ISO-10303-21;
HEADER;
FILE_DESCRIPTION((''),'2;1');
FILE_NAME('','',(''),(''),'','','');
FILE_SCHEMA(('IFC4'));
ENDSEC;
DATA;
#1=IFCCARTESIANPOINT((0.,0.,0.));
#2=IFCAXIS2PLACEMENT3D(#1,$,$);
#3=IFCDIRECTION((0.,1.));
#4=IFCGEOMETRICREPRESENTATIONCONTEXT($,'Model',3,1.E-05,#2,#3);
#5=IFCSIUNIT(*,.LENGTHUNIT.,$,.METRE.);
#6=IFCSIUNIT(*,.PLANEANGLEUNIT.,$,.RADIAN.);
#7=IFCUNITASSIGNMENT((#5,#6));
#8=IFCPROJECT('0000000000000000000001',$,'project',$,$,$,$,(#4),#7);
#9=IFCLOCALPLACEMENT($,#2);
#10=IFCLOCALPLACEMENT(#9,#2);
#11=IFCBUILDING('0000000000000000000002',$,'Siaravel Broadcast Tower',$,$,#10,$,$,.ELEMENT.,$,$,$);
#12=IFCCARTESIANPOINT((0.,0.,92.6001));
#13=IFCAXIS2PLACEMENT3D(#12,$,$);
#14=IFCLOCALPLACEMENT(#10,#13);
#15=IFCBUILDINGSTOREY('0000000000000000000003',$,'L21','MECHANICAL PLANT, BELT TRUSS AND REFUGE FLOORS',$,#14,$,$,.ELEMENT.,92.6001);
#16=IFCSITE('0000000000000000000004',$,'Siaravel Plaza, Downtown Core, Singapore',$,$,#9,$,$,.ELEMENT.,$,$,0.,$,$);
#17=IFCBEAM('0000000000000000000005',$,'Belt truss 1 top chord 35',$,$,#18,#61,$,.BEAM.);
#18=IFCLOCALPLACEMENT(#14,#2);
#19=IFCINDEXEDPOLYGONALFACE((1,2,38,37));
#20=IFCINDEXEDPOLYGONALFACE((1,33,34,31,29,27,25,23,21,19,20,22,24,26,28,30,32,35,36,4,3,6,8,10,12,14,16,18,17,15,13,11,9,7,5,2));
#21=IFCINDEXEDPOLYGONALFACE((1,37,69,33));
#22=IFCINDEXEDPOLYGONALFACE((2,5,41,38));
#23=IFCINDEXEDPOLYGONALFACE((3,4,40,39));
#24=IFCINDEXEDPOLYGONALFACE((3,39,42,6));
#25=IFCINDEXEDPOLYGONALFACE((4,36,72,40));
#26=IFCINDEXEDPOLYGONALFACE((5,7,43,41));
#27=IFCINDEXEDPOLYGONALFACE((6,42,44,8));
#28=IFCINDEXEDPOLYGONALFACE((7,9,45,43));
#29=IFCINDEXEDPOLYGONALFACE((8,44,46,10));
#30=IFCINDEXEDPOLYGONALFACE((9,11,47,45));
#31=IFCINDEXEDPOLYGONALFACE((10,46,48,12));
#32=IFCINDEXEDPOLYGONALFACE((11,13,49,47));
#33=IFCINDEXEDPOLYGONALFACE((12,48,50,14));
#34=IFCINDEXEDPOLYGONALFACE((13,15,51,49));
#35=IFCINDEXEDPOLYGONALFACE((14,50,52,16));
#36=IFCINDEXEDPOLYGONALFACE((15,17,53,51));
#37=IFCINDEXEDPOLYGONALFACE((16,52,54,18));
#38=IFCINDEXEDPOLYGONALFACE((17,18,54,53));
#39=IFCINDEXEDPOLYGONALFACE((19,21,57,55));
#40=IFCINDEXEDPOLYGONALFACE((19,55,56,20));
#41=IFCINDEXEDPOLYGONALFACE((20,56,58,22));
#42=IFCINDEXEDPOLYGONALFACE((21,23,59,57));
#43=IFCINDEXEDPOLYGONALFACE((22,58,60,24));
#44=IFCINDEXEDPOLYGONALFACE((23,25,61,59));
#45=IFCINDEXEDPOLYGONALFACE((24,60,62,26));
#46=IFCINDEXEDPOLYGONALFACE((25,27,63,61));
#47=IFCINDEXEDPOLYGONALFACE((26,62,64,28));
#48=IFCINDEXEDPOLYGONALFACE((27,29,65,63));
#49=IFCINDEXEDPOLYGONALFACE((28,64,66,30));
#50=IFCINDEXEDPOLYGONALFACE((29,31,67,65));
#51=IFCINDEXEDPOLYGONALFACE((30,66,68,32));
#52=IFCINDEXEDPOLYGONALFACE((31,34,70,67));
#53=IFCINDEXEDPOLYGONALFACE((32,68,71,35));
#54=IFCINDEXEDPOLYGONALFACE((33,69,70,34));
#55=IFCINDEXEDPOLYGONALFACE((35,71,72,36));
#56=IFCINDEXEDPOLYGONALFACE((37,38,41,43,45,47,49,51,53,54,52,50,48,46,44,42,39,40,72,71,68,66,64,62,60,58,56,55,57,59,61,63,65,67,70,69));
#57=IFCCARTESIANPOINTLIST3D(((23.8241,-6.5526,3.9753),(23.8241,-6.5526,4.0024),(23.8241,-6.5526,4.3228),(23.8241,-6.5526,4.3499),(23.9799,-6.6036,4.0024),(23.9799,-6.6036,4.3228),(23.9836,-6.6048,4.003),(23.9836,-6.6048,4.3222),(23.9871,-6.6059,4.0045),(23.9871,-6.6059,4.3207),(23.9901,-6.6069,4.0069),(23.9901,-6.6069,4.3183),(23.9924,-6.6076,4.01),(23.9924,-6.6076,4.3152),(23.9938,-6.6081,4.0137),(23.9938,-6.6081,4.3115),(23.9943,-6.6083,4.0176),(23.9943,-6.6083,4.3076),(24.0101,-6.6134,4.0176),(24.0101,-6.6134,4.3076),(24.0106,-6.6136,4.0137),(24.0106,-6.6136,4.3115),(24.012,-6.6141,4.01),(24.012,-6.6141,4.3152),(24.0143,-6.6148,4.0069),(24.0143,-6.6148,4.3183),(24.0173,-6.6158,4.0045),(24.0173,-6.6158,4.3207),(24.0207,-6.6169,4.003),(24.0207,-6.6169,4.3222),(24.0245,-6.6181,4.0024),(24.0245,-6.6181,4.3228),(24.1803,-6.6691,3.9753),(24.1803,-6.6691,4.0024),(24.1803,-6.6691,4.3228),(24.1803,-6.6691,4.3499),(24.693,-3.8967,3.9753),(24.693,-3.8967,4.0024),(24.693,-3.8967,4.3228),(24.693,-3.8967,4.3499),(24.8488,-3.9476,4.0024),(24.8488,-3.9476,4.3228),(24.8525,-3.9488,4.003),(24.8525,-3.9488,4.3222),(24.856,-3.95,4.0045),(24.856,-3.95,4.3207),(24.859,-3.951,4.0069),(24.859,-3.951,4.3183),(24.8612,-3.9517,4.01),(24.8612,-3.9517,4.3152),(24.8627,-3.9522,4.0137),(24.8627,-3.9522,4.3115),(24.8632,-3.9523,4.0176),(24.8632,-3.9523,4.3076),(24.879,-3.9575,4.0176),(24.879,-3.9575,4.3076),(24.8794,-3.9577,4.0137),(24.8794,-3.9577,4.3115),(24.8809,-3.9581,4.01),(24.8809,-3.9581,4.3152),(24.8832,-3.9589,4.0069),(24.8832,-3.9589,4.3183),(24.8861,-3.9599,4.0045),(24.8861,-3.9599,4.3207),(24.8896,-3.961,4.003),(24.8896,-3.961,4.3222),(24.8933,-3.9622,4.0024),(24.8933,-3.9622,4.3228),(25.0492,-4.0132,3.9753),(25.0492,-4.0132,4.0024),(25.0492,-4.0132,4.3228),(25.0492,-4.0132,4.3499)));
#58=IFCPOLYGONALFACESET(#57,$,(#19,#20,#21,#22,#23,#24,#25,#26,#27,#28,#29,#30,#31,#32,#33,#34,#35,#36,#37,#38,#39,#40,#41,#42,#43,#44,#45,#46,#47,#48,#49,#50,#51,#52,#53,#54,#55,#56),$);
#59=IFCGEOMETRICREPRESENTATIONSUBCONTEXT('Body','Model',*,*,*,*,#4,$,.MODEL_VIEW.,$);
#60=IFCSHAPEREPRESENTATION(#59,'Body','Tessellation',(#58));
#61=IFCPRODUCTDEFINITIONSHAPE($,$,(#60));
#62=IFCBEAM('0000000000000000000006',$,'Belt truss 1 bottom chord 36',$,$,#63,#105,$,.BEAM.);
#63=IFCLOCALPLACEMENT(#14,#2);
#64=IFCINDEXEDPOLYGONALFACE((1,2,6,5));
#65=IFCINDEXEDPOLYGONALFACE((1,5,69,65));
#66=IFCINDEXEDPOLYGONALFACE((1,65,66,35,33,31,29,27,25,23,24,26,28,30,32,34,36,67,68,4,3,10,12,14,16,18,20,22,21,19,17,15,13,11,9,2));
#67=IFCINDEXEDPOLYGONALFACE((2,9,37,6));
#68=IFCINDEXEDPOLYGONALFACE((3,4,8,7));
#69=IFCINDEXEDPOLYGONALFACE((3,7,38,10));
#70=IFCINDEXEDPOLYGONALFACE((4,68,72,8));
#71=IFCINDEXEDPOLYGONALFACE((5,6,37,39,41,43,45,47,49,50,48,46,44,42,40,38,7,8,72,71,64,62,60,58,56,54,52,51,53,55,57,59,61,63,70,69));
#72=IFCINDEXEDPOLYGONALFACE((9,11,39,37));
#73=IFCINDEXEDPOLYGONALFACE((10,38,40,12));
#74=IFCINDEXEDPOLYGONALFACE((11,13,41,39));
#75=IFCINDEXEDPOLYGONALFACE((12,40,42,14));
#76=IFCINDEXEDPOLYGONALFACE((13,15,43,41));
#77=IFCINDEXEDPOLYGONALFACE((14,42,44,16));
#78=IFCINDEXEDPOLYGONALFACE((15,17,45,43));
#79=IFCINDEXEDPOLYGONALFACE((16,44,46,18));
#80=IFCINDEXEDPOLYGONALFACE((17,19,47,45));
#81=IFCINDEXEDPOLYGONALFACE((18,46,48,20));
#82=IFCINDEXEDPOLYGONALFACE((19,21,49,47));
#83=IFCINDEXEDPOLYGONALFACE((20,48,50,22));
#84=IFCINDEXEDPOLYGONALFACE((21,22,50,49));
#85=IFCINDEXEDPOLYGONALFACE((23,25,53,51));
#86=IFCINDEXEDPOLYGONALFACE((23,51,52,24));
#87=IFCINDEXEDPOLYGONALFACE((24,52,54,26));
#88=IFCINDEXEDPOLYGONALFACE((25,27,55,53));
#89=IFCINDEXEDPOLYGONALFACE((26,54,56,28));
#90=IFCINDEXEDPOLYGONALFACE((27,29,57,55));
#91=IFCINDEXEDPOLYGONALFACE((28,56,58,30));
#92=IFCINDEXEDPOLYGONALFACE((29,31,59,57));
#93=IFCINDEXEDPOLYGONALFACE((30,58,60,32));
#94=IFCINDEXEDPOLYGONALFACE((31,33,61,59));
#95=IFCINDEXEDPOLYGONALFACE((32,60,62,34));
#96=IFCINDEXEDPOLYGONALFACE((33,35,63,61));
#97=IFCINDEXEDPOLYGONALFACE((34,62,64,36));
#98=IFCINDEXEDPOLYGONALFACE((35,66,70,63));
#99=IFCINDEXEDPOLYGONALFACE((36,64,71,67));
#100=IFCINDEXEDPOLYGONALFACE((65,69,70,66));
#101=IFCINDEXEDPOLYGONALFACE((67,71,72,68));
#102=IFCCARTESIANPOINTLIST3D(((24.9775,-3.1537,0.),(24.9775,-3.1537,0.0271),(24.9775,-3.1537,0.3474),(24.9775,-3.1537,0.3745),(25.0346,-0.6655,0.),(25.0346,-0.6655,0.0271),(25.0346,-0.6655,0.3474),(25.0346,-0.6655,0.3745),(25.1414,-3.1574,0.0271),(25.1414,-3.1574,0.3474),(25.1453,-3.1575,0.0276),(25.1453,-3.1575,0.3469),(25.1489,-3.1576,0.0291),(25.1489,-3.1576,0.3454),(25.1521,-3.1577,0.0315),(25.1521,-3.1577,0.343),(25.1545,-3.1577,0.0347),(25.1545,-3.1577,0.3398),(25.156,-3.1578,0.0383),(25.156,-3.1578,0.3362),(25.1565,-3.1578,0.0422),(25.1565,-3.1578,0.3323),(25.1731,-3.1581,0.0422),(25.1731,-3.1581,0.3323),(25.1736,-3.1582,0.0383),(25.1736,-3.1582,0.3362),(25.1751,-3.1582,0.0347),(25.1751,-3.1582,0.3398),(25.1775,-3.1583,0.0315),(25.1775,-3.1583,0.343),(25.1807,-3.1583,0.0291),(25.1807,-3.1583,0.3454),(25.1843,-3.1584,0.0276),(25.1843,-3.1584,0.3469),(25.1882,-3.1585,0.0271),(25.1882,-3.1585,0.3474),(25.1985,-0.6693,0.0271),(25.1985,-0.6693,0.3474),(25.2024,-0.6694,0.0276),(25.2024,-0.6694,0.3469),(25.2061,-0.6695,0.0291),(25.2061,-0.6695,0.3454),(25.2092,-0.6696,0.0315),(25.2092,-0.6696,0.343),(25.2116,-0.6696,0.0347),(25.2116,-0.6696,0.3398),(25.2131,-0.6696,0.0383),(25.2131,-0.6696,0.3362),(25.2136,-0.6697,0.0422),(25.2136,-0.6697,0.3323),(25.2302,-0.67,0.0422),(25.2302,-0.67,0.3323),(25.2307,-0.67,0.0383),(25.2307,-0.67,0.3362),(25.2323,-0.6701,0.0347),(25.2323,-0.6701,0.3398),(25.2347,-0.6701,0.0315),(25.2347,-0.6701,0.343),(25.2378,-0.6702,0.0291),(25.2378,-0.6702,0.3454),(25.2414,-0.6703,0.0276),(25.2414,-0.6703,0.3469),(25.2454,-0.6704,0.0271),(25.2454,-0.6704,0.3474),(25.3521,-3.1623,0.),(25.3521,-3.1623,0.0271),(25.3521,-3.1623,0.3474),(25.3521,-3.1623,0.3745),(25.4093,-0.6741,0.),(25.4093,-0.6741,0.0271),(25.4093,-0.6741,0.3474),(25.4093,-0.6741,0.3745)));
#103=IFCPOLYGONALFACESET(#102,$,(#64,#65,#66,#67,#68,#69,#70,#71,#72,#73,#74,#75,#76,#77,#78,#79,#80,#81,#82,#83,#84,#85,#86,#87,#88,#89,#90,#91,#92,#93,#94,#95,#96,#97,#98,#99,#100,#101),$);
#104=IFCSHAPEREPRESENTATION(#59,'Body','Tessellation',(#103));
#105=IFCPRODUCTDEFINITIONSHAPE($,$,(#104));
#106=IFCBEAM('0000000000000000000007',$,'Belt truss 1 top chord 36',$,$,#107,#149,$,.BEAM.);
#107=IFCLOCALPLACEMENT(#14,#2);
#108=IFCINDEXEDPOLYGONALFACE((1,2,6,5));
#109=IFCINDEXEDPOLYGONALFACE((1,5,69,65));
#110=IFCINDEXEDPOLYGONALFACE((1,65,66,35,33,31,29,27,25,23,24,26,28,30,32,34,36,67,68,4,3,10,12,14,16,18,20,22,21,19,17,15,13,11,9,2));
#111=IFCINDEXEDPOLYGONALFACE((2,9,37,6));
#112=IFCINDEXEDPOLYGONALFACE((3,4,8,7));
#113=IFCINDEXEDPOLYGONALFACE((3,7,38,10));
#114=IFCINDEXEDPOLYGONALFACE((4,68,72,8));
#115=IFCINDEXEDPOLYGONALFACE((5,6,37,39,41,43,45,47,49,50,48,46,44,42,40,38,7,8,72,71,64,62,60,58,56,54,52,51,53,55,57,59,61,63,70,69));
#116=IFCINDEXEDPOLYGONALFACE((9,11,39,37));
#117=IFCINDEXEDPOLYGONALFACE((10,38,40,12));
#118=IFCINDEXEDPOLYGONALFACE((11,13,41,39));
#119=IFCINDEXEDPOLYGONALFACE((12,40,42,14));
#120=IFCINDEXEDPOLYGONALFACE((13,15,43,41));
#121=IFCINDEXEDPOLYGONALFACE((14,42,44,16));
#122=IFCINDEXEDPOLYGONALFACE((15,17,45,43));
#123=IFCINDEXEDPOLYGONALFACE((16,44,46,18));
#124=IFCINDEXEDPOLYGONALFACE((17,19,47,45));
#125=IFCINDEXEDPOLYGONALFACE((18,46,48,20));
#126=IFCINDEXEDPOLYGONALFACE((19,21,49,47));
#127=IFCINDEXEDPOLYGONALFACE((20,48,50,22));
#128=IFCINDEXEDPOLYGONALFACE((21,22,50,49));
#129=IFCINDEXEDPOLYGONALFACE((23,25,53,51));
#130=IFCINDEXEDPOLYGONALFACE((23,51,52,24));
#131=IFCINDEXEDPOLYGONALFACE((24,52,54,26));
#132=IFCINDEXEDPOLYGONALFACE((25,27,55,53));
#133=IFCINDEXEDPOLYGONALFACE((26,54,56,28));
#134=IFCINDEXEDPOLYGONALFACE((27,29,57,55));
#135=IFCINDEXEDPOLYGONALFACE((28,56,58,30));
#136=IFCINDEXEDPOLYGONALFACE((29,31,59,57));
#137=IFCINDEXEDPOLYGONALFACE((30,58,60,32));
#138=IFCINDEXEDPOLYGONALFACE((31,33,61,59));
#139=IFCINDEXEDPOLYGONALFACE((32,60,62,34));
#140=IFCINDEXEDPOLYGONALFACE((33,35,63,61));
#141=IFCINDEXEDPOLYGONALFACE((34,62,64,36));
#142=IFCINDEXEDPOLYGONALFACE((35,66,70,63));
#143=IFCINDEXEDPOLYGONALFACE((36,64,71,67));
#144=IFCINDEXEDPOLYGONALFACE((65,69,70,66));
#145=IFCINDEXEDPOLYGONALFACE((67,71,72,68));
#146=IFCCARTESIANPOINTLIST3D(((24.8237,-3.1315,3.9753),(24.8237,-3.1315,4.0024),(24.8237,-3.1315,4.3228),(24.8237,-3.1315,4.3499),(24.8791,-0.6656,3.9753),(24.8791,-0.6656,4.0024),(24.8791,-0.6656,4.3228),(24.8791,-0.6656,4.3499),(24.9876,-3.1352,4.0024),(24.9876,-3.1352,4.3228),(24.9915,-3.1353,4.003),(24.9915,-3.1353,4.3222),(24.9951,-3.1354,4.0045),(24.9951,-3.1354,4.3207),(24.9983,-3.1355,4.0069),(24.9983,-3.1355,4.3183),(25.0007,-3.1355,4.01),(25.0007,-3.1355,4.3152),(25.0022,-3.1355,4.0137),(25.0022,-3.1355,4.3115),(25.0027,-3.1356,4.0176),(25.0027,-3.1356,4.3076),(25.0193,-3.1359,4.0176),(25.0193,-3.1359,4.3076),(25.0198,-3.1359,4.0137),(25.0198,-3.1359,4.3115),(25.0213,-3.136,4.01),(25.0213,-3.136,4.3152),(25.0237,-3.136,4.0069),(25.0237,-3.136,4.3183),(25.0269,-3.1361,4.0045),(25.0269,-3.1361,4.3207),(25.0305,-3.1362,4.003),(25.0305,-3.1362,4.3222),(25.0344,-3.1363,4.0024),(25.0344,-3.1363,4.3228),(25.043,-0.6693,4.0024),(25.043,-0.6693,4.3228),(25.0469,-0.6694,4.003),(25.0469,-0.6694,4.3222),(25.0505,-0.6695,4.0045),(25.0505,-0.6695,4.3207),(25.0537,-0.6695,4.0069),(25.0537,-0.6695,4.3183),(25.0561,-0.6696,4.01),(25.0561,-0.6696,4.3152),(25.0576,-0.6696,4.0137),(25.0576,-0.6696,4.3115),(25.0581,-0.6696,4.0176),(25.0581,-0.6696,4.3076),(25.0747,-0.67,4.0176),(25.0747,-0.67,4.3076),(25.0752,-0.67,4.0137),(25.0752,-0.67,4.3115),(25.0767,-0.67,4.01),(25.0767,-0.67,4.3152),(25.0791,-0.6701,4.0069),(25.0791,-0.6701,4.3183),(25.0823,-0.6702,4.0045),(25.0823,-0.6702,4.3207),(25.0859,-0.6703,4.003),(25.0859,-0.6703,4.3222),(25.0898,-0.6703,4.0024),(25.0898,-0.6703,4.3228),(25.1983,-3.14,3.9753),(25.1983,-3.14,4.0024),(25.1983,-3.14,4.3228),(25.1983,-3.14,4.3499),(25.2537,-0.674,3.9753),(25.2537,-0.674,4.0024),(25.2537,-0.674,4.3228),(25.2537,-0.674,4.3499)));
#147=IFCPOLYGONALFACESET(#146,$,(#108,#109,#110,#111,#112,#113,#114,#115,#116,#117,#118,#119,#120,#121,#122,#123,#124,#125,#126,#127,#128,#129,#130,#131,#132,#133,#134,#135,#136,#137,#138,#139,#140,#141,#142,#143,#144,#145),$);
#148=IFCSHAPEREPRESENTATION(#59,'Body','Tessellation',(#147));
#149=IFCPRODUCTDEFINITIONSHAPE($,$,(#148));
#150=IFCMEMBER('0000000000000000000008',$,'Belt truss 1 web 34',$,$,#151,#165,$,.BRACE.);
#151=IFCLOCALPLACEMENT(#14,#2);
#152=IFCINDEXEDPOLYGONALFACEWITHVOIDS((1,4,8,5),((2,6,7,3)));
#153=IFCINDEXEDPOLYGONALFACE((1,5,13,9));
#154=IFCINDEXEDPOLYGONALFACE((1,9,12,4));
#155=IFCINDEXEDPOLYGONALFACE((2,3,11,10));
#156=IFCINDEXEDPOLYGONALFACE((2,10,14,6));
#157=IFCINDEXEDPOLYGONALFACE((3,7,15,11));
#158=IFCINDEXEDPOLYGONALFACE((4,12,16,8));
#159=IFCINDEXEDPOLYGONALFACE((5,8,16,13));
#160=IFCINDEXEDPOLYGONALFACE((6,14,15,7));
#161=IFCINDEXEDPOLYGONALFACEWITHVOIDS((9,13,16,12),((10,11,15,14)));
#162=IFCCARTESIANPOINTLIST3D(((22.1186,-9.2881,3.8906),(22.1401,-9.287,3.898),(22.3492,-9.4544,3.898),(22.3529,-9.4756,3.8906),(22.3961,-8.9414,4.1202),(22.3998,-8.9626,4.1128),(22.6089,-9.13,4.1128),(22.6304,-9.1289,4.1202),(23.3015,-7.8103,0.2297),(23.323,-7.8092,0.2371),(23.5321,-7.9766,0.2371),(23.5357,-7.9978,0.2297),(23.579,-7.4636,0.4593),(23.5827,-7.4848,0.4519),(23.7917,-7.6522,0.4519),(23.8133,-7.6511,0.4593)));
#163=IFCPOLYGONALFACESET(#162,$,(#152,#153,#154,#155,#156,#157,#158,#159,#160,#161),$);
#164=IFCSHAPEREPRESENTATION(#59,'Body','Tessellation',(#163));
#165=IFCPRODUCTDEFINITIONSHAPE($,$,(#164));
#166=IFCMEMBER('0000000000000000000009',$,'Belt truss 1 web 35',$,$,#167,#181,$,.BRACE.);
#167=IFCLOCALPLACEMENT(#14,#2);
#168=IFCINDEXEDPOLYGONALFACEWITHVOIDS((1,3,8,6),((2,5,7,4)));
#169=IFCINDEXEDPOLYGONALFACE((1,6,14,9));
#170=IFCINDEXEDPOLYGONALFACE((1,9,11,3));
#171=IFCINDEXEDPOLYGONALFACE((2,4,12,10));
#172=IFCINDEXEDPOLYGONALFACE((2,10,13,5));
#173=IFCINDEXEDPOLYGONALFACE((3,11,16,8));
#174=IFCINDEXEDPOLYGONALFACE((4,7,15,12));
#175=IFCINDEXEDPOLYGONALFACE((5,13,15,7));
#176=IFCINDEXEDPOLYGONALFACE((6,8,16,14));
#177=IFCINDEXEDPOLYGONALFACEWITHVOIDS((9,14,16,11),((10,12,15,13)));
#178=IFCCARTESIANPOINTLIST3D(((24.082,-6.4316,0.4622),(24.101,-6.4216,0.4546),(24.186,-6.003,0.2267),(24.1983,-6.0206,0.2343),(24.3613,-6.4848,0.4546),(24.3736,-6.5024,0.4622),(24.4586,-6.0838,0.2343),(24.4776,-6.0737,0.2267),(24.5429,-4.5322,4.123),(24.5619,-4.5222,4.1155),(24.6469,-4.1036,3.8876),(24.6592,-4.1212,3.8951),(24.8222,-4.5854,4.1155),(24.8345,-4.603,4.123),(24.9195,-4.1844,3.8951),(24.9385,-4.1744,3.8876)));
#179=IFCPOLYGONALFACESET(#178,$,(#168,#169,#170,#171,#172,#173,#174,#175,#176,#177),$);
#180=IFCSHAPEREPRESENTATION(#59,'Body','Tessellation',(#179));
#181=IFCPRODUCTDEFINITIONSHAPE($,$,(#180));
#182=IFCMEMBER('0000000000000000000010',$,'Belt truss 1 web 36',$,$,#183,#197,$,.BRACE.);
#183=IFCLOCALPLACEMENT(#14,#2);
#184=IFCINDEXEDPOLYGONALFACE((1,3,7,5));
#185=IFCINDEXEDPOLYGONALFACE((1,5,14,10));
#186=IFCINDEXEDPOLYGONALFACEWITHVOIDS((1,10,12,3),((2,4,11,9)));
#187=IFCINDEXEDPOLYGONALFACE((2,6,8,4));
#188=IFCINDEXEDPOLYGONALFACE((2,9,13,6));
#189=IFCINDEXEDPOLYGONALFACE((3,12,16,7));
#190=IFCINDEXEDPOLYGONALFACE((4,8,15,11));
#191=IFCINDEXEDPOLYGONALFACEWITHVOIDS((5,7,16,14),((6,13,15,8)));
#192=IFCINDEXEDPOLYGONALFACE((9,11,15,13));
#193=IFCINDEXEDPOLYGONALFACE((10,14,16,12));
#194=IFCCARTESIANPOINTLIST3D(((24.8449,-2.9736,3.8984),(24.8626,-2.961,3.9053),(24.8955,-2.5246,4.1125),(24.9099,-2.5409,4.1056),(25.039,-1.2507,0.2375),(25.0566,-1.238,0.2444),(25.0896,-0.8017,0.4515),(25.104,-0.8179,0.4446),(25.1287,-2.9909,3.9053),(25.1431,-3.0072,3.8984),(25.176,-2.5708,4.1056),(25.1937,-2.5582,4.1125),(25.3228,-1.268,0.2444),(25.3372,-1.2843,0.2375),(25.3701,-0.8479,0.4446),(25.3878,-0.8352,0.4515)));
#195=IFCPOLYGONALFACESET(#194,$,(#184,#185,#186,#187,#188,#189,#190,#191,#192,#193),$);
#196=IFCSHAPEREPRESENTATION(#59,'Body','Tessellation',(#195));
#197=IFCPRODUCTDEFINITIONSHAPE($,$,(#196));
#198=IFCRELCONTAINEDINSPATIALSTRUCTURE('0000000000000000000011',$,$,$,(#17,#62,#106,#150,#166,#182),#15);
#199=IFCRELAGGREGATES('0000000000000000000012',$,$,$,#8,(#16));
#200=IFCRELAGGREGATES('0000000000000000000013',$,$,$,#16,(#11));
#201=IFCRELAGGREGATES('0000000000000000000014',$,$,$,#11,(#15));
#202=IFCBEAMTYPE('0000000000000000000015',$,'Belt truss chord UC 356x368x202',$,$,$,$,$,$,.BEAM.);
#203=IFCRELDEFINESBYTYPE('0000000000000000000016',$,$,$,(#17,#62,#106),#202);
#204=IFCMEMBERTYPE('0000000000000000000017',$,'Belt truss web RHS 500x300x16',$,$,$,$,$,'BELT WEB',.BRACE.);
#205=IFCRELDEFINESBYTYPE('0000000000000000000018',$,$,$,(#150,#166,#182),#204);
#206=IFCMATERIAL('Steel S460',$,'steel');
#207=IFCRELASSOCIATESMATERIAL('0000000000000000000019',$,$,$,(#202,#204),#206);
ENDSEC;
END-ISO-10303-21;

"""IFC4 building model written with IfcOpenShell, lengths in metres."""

from ifc_helpers import new_model, si_unit, direction, frame, origin, origin_2d, place, context, subcontext, project, spatial, hollow_rectangle, i_section, extrude, material, material_profile, profile_set, type_object, element, save


model = new_model("IFC4")

# Units and contexts
model_context = context("Model", 3, precision=1e-05, world=origin(), true_north=direction((0.0, 1.0)))
body_context = subcontext(model_context, "Body", "Model", "MODEL_VIEW")
ifc_project = project(units=[si_unit("LENGTHUNIT", "METRE"), si_unit("PLANEANGLEUNIT", "RADIAN")], contexts=[model_context])

# Site, building, storey
site_placement = place(None, origin())
site = spatial("IfcSite", under=ifc_project, at=site_placement, Name="Siaravel Plaza, Downtown Core, Singapore", CompositionType="ELEMENT", RefElevation=0.0)
building_placement = place(site_placement, origin())
building = spatial("IfcBuilding", under=site, at=building_placement, Name="Siaravel Broadcast Tower", CompositionType="ELEMENT")
storey_placement = place(building_placement, frame((0.0, 0.0, 92.6001)))
storey = spatial("IfcBuildingStorey", under=building, at=storey_placement, Name="L21", Description="MECHANICAL PLANT, BELT TRUSS AND REFUGE FLOORS", CompositionType="ELEMENT", Elevation=92.6001)

# Beams
ifc_material_1 = material(Name="Steel S460", Category="steel")
ifc_material_profile_1 = material_profile(ifc_material_1, i_section(OverallWidth=0.3748, OverallDepth=0.3745, WebThickness=0.0166, FlangeThickness=0.0271, FilletRadius=0.0151, at=origin_2d()))
ifc_profile_set_1 = profile_set([ifc_material_profile_1], Name="Steel S460")
beam_type_1 = type_object("IfcBeamType", Name="Belt truss chord UC 356x368x202", PredefinedType="BEAM", material=ifc_profile_set_1)
beam_1_placement = place(storey_placement, frame((24.0022, -6.6108, 4.1626), z_axis=(0.310929, 0.950433, 0.0), x_axis=(-0.950433, 0.310929, 0.0)))
element("IfcBeam", 1, at=beam_1_placement, inside=storey, type_object=beam_type_1, Name="Belt truss 1 top chord 35", PredefinedType="BEAM", context=body_context, shape_type="SweptSolid", body=[
    extrude(i_section(OverallWidth=0.3748, OverallDepth=0.3745, WebThickness=0.0166, FlangeThickness=0.0271, FilletRadius=0.0151, at=origin_2d()), origin(), (0.0, 0.0, 1.0), 2.7944),
])
beam_2_placement = place(storey_placement, frame((25.1648, -3.158, 0.1873), z_axis=(0.022955, 0.999736, 0.0), x_axis=(-0.999736, 0.022955, 0.0)))
element("IfcBeam", 2, at=beam_2_placement, inside=storey, type_object=beam_type_1, Name="Belt truss 1 bottom chord 36", PredefinedType="BEAM", context=body_context, shape_type="SweptSolid", body=[
    extrude(i_section(OverallWidth=0.3748, OverallDepth=0.3745, WebThickness=0.0166, FlangeThickness=0.0271, FilletRadius=0.0151, at=origin_2d()), origin(), (0.0, 0.0, 1.0), 2.4888),
])
beam_3_placement = place(storey_placement, frame((25.011, -3.1357, 4.1626), z_axis=(0.02247, 0.999748, 0.0), x_axis=(-0.999748, 0.02247, 0.0)))
element("IfcBeam", 3, at=beam_3_placement, inside=storey, type_object=beam_type_1, Name="Belt truss 1 top chord 36", PredefinedType="BEAM", context=body_context, shape_type="SweptSolid", body=[
    extrude(i_section(OverallWidth=0.3748, OverallDepth=0.3745, WebThickness=0.0166, FlangeThickness=0.0271, FilletRadius=0.0151, at=origin_2d()), origin(), (0.0, 0.0, 1.0), 2.4666),
])

# Members
ifc_material_profile_2 = material_profile(ifc_material_1, hollow_rectangle(XDim=0.3, YDim=0.5, WallThickness=0.0161, at=origin_2d()))
ifc_profile_set_2 = profile_set([ifc_material_profile_2], Name="Steel S460")
member_type_1 = type_object("IfcMemberType", Name="Belt truss web RHS 500x300x16", ElementType="BELT WEB", PredefinedType="BRACE", material=ifc_profile_set_2)
member_1_placement = place(storey_placement, frame((23.5574, -7.7307, 0.3445), z_axis=(-0.287012, -0.358572, 0.888285), x_axis=(0.780705, -0.6249, 0.0)))
element("IfcMember", 4, at=member_1_placement, inside=storey, type_object=member_type_1, Name="Belt truss 1 web 34", PredefinedType="BRACE", context=body_context, shape_type="SweptSolid", body=[
    extrude(hollow_rectangle(XDim=0.3, YDim=0.5, WallThickness=0.0161, at=origin_2d()), origin(), (0.0, 0.0, 1.0), 4.1213),
])
member_2_placement = place(storey_placement, frame((24.2798, -6.2527, 0.3445), z_axis=(0.11107, 0.457692, 0.882146), x_axis=(-0.971795, 0.235829, 0.0)))
element("IfcMember", 5, at=member_2_placement, inside=storey, type_object=member_type_1, Name="Belt truss 1 web 35", PredefinedType="BRACE", context=body_context, shape_type="SweptSolid", body=[
    extrude(hollow_rectangle(XDim=0.3, YDim=0.5, WallThickness=0.0161, at=origin_2d()), origin(), (0.0, 0.0, 1.0), 4.1499),
])
member_3_placement = place(storey_placement, frame((25.2134, -1.043, 0.3445), z_axis=(-0.047916, -0.425334, 0.903767), x_axis=(0.993714, -0.111946, 0.0)))
element("IfcMember", 6, at=member_3_placement, inside=storey, type_object=member_type_1, Name="Belt truss 1 web 36", PredefinedType="BRACE", context=body_context, shape_type="SweptSolid", body=[
    extrude(hollow_rectangle(XDim=0.3, YDim=0.5, WallThickness=0.0161, at=origin_2d()), origin(), (0.0, 0.0, 1.0), 4.0508),
])

save(model, "model.ifc")
